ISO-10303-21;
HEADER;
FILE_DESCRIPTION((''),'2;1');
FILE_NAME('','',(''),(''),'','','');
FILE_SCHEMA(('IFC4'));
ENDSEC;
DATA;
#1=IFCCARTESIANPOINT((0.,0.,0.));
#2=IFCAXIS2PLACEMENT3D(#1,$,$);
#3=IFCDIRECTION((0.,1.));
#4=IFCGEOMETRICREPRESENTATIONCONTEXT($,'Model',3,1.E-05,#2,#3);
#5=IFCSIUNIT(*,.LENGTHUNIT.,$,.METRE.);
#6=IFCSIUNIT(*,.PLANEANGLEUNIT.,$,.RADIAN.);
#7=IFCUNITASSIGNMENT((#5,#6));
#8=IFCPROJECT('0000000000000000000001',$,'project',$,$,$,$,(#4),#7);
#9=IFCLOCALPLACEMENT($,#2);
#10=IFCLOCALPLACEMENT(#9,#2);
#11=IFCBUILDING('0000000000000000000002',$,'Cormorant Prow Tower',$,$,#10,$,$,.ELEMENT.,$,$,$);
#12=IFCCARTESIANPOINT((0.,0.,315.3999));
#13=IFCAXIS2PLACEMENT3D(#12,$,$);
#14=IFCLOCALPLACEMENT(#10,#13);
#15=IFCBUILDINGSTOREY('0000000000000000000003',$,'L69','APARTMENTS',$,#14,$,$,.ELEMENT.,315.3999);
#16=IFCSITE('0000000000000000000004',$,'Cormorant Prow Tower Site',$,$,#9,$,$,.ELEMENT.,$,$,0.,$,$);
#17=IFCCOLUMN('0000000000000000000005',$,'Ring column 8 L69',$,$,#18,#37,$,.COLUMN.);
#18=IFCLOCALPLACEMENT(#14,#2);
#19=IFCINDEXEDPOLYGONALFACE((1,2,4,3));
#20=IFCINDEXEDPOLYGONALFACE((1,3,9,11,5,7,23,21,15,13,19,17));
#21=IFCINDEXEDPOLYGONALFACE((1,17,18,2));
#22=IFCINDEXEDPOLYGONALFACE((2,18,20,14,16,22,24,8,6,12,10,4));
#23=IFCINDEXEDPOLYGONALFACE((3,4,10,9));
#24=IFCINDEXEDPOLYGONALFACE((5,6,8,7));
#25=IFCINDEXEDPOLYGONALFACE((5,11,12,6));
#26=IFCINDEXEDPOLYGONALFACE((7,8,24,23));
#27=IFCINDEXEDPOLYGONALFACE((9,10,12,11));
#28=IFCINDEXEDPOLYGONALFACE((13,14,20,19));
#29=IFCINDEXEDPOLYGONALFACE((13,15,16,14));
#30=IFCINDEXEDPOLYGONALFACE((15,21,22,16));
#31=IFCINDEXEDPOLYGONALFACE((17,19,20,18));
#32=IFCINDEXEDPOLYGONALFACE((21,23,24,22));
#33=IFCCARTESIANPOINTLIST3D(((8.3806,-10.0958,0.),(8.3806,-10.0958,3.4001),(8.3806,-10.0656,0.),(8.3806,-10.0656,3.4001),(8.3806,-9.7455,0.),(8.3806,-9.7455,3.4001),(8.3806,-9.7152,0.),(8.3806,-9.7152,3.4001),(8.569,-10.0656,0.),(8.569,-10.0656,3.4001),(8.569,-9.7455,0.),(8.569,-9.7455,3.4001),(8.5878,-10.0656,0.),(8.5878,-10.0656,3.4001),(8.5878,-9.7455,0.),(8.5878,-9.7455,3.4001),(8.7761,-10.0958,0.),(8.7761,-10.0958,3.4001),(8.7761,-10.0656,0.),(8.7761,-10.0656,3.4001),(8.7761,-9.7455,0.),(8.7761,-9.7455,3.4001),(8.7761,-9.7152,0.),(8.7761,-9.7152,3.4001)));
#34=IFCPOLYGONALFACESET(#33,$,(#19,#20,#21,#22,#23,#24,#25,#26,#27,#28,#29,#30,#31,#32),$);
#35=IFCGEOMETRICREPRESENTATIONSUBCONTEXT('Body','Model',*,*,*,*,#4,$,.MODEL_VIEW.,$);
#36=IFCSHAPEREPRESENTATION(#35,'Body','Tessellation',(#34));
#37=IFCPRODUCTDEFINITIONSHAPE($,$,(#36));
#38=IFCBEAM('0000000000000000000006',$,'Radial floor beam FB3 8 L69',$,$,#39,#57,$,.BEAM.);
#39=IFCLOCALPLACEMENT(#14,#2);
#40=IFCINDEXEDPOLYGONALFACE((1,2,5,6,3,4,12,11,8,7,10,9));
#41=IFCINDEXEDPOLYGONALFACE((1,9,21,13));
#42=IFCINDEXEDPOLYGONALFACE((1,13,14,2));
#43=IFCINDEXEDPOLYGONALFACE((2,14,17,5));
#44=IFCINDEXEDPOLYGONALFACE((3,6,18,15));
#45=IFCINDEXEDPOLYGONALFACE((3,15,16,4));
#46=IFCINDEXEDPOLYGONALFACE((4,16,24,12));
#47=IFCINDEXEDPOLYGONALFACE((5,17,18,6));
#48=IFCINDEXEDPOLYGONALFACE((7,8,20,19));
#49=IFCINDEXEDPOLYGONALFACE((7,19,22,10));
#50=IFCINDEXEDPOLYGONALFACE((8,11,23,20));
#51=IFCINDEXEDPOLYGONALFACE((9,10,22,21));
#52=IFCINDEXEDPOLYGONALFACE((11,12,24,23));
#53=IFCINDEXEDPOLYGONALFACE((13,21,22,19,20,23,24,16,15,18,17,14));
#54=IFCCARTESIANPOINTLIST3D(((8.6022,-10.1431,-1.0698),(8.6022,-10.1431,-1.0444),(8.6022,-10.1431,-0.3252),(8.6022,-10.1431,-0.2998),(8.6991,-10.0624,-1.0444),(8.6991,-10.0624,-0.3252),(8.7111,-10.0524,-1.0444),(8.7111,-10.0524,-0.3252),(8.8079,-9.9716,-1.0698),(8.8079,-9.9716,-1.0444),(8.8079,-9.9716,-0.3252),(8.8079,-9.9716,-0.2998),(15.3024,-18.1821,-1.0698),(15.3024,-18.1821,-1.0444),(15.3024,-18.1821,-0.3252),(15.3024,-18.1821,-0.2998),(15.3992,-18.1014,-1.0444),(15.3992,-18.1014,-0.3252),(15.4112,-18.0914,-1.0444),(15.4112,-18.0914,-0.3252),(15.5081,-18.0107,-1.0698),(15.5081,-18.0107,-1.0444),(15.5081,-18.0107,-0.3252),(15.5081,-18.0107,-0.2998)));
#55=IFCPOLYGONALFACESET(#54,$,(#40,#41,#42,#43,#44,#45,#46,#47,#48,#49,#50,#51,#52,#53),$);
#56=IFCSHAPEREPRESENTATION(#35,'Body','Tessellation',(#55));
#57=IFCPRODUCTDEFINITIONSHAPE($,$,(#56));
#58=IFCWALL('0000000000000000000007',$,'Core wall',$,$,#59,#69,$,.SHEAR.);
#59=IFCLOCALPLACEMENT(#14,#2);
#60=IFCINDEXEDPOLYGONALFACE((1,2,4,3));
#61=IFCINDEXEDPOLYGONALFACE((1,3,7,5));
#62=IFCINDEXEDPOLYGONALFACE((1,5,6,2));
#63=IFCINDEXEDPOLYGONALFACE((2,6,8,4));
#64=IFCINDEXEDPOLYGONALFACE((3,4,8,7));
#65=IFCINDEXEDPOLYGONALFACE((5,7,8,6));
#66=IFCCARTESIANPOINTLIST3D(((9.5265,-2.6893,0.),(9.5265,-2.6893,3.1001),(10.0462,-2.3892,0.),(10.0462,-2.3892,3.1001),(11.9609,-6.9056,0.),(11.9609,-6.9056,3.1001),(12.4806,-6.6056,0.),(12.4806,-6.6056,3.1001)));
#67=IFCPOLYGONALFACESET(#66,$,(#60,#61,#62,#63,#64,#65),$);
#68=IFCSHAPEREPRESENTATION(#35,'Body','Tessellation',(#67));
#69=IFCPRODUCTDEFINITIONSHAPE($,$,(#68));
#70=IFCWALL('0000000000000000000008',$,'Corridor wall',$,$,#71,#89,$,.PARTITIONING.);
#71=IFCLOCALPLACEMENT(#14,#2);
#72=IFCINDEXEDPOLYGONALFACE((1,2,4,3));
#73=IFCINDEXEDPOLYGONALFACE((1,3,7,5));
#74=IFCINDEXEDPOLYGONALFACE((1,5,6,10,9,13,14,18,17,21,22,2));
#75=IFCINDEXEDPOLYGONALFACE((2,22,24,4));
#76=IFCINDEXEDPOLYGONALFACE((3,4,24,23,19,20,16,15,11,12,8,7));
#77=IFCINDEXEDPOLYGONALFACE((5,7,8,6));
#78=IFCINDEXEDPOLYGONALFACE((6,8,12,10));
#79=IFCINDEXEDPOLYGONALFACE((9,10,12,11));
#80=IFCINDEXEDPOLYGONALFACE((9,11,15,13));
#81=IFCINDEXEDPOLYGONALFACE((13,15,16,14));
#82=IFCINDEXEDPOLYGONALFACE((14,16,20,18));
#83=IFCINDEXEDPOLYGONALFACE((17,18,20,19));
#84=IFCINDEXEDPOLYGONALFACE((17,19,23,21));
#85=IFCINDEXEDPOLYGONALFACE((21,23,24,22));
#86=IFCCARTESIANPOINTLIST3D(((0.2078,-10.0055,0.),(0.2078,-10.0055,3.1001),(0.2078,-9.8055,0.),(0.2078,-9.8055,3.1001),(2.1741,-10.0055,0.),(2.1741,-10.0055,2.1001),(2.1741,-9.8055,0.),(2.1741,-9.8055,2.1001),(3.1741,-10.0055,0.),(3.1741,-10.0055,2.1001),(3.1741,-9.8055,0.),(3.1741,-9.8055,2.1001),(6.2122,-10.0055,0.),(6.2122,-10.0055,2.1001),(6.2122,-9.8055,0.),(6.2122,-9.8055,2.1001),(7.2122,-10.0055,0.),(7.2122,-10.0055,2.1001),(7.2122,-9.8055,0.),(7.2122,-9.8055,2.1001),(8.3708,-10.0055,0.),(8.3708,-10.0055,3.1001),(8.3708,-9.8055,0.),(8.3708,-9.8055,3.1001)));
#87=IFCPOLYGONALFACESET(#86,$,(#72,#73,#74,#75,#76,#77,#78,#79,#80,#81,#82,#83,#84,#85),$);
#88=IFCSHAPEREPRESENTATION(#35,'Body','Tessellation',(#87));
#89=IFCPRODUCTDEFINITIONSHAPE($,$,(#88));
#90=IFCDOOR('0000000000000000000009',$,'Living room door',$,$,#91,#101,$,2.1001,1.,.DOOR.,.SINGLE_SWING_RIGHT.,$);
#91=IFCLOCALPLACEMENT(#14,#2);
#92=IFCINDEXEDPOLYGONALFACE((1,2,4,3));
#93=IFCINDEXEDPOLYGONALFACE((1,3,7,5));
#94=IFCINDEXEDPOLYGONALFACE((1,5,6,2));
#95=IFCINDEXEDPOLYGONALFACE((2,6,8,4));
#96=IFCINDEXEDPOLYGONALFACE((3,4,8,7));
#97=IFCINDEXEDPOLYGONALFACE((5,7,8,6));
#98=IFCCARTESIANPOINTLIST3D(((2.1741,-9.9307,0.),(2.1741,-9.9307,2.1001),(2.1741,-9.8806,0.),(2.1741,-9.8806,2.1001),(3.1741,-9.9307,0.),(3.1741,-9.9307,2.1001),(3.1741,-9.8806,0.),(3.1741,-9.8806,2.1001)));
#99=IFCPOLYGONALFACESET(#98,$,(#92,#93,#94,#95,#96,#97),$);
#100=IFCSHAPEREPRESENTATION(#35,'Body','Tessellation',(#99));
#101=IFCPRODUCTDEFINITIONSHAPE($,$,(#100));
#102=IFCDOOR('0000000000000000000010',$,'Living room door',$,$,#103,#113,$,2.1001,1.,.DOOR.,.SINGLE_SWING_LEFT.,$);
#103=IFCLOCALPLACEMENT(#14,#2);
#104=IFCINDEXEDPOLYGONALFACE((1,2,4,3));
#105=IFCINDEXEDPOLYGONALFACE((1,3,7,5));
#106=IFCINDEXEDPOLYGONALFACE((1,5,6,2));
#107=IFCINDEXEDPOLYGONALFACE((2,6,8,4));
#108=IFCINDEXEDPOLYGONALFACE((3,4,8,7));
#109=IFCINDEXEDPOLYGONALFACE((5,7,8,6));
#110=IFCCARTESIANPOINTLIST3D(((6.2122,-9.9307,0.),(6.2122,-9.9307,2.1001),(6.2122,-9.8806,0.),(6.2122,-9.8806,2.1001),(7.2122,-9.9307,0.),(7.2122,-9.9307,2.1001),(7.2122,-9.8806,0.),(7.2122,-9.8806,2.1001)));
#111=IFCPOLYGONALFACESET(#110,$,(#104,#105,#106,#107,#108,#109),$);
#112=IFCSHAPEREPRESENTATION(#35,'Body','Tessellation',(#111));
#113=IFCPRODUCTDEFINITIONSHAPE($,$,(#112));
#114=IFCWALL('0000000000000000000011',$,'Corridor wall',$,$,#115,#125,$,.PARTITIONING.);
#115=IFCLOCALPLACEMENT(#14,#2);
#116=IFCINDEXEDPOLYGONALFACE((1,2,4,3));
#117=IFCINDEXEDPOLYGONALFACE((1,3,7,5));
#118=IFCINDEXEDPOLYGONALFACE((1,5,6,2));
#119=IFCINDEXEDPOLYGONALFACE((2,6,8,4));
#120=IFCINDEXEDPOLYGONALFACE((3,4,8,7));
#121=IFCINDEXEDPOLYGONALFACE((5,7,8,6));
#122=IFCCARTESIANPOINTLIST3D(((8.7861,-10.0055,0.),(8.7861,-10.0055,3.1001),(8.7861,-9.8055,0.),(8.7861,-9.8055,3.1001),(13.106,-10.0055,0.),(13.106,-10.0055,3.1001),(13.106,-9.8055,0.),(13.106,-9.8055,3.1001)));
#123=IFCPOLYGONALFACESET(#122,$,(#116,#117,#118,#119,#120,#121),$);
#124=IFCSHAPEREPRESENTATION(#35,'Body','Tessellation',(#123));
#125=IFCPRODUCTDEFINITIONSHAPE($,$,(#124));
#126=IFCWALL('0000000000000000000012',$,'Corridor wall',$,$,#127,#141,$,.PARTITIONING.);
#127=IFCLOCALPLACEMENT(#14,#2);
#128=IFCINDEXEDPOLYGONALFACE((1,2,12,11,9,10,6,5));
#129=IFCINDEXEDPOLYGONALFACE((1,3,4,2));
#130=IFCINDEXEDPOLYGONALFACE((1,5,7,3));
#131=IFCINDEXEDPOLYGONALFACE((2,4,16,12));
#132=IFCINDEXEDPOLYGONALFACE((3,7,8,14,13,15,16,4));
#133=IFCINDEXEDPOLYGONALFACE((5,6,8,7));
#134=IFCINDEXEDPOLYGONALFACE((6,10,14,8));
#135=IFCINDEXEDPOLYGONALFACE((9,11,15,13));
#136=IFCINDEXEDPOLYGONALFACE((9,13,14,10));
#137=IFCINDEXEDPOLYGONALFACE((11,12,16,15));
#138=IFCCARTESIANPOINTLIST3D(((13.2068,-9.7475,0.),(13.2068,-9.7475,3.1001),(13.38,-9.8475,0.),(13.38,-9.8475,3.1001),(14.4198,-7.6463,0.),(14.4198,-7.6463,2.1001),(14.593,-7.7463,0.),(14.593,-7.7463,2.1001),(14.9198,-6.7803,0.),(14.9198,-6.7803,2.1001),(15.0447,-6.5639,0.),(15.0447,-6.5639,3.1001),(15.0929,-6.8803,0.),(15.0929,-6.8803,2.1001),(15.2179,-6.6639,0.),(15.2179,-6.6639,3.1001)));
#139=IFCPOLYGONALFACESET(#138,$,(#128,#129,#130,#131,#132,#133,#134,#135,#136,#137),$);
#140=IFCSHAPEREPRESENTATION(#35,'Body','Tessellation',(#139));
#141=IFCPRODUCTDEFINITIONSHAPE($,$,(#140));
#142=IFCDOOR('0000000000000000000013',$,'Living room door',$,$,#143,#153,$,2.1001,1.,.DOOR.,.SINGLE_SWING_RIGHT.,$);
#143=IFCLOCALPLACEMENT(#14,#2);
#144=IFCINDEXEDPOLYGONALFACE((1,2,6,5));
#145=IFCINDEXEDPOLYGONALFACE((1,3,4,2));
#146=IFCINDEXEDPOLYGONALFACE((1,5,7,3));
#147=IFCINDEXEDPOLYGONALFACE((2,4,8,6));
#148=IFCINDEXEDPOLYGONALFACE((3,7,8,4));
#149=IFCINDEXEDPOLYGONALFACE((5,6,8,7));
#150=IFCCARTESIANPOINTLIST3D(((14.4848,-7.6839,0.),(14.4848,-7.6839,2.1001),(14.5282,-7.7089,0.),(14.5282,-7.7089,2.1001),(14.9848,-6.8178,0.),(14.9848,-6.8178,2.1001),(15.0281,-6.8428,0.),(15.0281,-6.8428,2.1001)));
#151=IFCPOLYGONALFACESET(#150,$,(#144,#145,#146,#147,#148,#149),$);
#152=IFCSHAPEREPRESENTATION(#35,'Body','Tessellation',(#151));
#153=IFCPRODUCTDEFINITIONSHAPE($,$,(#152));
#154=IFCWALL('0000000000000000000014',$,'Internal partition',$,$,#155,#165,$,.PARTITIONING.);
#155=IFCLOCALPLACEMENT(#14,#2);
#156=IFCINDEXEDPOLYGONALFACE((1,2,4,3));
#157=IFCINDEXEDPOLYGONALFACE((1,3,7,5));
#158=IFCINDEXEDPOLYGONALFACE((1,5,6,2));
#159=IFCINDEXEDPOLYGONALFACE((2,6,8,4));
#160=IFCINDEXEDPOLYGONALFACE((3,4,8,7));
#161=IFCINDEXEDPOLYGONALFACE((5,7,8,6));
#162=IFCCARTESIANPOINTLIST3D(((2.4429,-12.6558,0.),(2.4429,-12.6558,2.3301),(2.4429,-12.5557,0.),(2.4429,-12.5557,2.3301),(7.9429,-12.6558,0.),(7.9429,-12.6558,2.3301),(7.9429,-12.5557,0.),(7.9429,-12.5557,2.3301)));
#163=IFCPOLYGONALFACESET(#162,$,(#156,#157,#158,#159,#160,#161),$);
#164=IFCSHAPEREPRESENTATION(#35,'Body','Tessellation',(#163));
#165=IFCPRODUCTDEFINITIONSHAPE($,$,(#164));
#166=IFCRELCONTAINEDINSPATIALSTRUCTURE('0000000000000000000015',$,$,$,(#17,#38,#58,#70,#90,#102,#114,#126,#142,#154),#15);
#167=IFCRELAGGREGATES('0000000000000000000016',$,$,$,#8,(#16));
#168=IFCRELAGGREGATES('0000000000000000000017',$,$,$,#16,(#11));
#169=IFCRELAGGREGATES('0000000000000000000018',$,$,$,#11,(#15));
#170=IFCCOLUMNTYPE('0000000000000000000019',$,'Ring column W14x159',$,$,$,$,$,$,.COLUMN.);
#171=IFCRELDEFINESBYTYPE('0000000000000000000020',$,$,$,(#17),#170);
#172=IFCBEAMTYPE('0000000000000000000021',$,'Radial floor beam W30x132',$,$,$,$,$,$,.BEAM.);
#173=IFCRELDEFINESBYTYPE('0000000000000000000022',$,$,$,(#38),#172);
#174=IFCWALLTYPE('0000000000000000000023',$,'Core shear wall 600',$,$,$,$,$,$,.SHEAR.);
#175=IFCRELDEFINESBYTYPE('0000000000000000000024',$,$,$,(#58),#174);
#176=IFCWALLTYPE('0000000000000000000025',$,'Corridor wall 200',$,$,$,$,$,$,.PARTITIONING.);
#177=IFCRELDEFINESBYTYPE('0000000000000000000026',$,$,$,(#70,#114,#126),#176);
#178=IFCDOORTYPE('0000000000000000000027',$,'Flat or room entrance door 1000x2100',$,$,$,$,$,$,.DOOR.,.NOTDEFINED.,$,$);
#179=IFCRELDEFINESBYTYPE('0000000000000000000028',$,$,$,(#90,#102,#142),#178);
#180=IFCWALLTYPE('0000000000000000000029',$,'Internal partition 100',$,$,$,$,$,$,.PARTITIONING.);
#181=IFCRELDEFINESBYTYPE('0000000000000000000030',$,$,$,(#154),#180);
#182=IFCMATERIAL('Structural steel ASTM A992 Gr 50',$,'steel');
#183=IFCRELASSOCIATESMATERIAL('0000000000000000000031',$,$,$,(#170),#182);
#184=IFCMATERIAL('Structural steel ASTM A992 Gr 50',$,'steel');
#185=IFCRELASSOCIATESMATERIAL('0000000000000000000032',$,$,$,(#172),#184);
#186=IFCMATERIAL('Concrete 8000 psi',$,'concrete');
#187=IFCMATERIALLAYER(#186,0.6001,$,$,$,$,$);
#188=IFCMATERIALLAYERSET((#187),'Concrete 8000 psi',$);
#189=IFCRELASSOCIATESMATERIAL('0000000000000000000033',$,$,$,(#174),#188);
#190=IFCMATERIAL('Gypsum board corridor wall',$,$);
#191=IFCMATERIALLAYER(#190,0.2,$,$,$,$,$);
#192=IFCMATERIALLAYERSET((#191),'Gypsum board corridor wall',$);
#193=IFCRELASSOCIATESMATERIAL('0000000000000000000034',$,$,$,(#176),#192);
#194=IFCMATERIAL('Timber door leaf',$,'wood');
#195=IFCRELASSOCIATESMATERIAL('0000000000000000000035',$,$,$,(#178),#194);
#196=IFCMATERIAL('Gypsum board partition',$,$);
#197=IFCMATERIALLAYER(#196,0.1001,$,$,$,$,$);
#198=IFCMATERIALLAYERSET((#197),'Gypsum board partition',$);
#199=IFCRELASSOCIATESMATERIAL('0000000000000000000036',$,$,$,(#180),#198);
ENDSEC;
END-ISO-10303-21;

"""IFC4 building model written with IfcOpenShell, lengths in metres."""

from ifc_helpers import new_model, si_unit, direction, frame, frame_2d, origin, origin_2d, place, context, subcontext, project, spatial, rectangle, i_section, extrude, material, layer, layer_set, material_profile, profile_set, type_object, element, fill, save


model = new_model("IFC4")

# Units and contexts
model_context = context("Model", 3, precision=1e-05, world=origin(), true_north=direction((0.0, 1.0)))
body_context = subcontext(model_context, "Body", "Model", "MODEL_VIEW")
ifc_project = project(units=[si_unit("LENGTHUNIT", "METRE"), si_unit("PLANEANGLEUNIT", "RADIAN")], contexts=[model_context])

# Site, building, storey
site_placement = place(None, origin())
site = spatial("IfcSite", under=ifc_project, at=site_placement, Name="Cormorant Prow Tower Site", CompositionType="ELEMENT", RefElevation=0.0)
building_placement = place(site_placement, origin())
building = spatial("IfcBuilding", under=site, at=building_placement, Name="Cormorant Prow Tower", CompositionType="ELEMENT")
storey_placement = place(building_placement, frame((0.0, 0.0, 315.3999)))
storey = spatial("IfcBuildingStorey", under=building, at=storey_placement, Name="L69", Description="APARTMENTS", CompositionType="ELEMENT", Elevation=315.3999)

# Column
ifc_material_1 = material(Name="Structural steel ASTM A992 Gr 50", Category="steel")
ifc_material_profile_1 = material_profile(ifc_material_1, i_section(OverallWidth=0.3955, OverallDepth=0.3806, WebThickness=0.0188, FlangeThickness=0.0303, at=origin_2d()), Name="W14x159")
ifc_profile_set_1 = profile_set([ifc_material_profile_1], Name="Structural steel ASTM A992 Gr 50")
column_type = type_object("IfcColumnType", Name="Ring column W14x159", PredefinedType="COLUMN", material=ifc_profile_set_1)
column_placement = place(storey_placement, frame((8.5784, -9.9055, 0.0), z_axis=(0.0, 0.0, 1.0), x_axis=(1.0, 0.0, 0.0)))
element("IfcColumn", 1, at=column_placement, inside=storey, type_object=column_type, Name="Ring column 8 L69", PredefinedType="COLUMN", context=body_context, shape_type="SweptSolid", body=[
    extrude(i_section(OverallWidth=0.3955, OverallDepth=0.3806, WebThickness=0.0188, FlangeThickness=0.0303, at=origin_2d()), origin(), (0.0, 0.0, 1.0), 3.4001),
])

# Beam
ifc_material_2 = material(Name="Structural steel ASTM A992 Gr 50", Category="steel")
ifc_material_profile_2 = material_profile(ifc_material_2, i_section(OverallWidth=0.2678, OverallDepth=0.77, WebThickness=0.0156, FlangeThickness=0.0254, at=origin_2d()), Name="W30x132")
ifc_profile_set_2 = profile_set([ifc_material_profile_2], Name="Structural steel ASTM A992 Gr 50")
beam_type = type_object("IfcBeamType", Name="Radial floor beam W30x132", PredefinedType="BEAM", material=ifc_profile_set_2)
beam_placement = place(storey_placement, frame((8.7051, -10.0574, -0.6848), z_axis=(0.640239, -0.768175, 0.0), x_axis=(0.768175, 0.640239, 0.0)))
element("IfcBeam", 2, at=beam_placement, inside=storey, type_object=beam_type, Name="Radial floor beam FB3 8 L69", PredefinedType="BEAM", context=body_context, shape_type="SweptSolid", body=[
    extrude(i_section(OverallWidth=0.2678, OverallDepth=0.77, WebThickness=0.0156, FlangeThickness=0.0254, at=origin_2d()), origin(), (0.0, 0.0, 1.0), 10.4651),
])

# Wall
ifc_material_3 = material(Name="Concrete 8000 psi", Category="concrete")
ifc_layer_1 = layer(ifc_material_3, 0.6001)
ifc_layer_set_1 = layer_set([ifc_layer_1], Name="Concrete 8000 psi")
wall_type_1 = type_object("IfcWallType", Name="Core shear wall 600", PredefinedType="SHEAR", material=ifc_layer_set_1)
wall_1_placement = place(storey_placement, frame((12.2207, -6.7556, 0.0), z_axis=(0.0, 0.0, 1.0), x_axis=(-0.500006, 0.866022, 0.0)))
element("IfcWall", 3, at=wall_1_placement, inside=storey, type_object=wall_type_1, Name="Core wall", PredefinedType="SHEAR", context=body_context, shape_type="SweptSolid", body=[
    extrude(rectangle(XDim=4.8687, YDim=0.6001, at=frame_2d((2.4343, 0.0))), origin(), (0.0, 0.0, 1.0), 3.1001),
])

# Wall, openings, doors
ifc_material_4 = material(Name="Gypsum board corridor wall")
ifc_layer_2 = layer(ifc_material_4, 0.2)
ifc_layer_set_2 = layer_set([ifc_layer_2], Name="Gypsum board corridor wall")
wall_type_2 = type_object("IfcWallType", Name="Corridor wall 200", PredefinedType="PARTITIONING", material=ifc_layer_set_2)
wall_2_placement = place(storey_placement, frame((0.2078, -9.9055, 0.0), z_axis=(0.0, 0.0, 1.0), x_axis=(1.0, 0.0, 0.0)))
wall_2 = element("IfcWall", 4, at=wall_2_placement, inside=storey, type_object=wall_type_2, Name="Corridor wall", PredefinedType="PARTITIONING", context=body_context, shape_type="SweptSolid", body=[
    extrude(rectangle(XDim=8.1631, YDim=0.2, at=frame_2d((4.0815, 0.0))), origin(), (0.0, 0.0, 1.0), 3.1001),
])
opening_1_placement = place(wall_2_placement, frame((1.9663, 0.0, 0.0)))
opening_1 = element("IfcOpeningElement", 5, at=opening_1_placement, cuts=wall_2, PredefinedType="OPENING", context=body_context, shape_type="SweptSolid", body=[
    extrude(rectangle(XDim=1.0, YDim=2.1001, at=frame_2d((0.5, 1.05))), frame((0.0, 0.1099, 0.0), z_axis=(0.0, -1.0, 0.0), x_axis=(1.0, 0.0, 0.0)), (0.0, 0.0, 1.0), 0.22),
])
opening_2_placement = place(wall_2_placement, frame((6.0044, 0.0, 0.0)))
opening_2 = element("IfcOpeningElement", 6, at=opening_2_placement, cuts=wall_2, PredefinedType="OPENING", context=body_context, shape_type="SweptSolid", body=[
    extrude(rectangle(XDim=1.0, YDim=2.1001, at=frame_2d((0.5, 1.05))), frame((0.0, 0.1099, 0.0), z_axis=(0.0, -1.0, 0.0), x_axis=(1.0, 0.0, 0.0)), (0.0, 0.0, 1.0), 0.22),
])
ifc_material_5 = material(Name="Timber door leaf", Category="wood")
door_type_1 = type_object("IfcDoorType", Name="Flat or room entrance door 1000x2100", OperationType="NOTDEFINED", PredefinedType="DOOR", material=ifc_material_5)
door_1_placement = place(opening_1_placement, origin())
door_1 = element("IfcDoor", 7, at=door_1_placement, inside=storey, type_object=door_type_1, Name="Living room door", OperationType="SINGLE_SWING_RIGHT", OverallHeight=2.1001, OverallWidth=1.0, PredefinedType="DOOR", context=body_context, shape_type="SweptSolid", body=[
    extrude(rectangle(XDim=1.0, YDim=2.1001, at=frame_2d((0.5, 1.05))), frame((0.0, 0.0249, 0.0), z_axis=(0.0, -1.0, 0.0), x_axis=(1.0, 0.0, 0.0)), (0.0, 0.0, 1.0), 0.05),
])
fill(opening_1, door_1)
door_2_placement = place(opening_2_placement, origin())
door_2 = element("IfcDoor", 8, at=door_2_placement, inside=storey, type_object=door_type_1, Name="Living room door", OperationType="SINGLE_SWING_LEFT", OverallHeight=2.1001, OverallWidth=1.0, PredefinedType="DOOR", context=body_context, shape_type="SweptSolid", body=[
    extrude(rectangle(XDim=1.0, YDim=2.1001, at=frame_2d((0.5, 1.05))), frame((0.0, 0.0249, 0.0), z_axis=(0.0, -1.0, 0.0), x_axis=(1.0, 0.0, 0.0)), (0.0, 0.0, 1.0), 0.05),
])
fill(opening_2, door_2)

# Wall
wall_3_placement = place(storey_placement, frame((8.7861, -9.9055, 0.0), z_axis=(0.0, 0.0, 1.0), x_axis=(1.0, 0.0, 0.0)))
element("IfcWall", 9, at=wall_3_placement, inside=storey, type_object=wall_type_2, Name="Corridor wall", PredefinedType="PARTITIONING", context=body_context, shape_type="SweptSolid", body=[
    extrude(rectangle(XDim=4.3198, YDim=0.2, at=frame_2d((2.1599, 0.0))), origin(), (0.0, 0.0, 1.0), 3.1001),
])

# Wall, opening, door
wall_4_placement = place(storey_placement, frame((13.2935, -9.7974, 0.0), z_axis=(0.0, 0.0, 1.0), x_axis=(0.499968, 0.866044, 0.0)))
wall_4 = element("IfcWall", 10, at=wall_4_placement, inside=storey, type_object=wall_type_2, Name="Corridor wall", PredefinedType="PARTITIONING", context=body_context, shape_type="SweptSolid", body=[
    extrude(rectangle(XDim=3.676, YDim=0.2, at=frame_2d((1.8379, 0.0))), origin(), (0.0, 0.0, 1.0), 3.1001),
])
opening_3_placement = place(wall_4_placement, frame((2.426, 0.0, 0.0)))
opening_3 = element("IfcOpeningElement", 11, at=opening_3_placement, cuts=wall_4, PredefinedType="OPENING", context=body_context, shape_type="SweptSolid", body=[
    extrude(rectangle(XDim=1.0, YDim=2.1001, at=frame_2d((0.5, 1.05))), frame((0.0, 0.1099, 0.0), z_axis=(0.0, -1.0, 0.0), x_axis=(1.0, 0.0, 0.0)), (0.0, 0.0, 1.0), 0.22),
])
door_3_placement = place(opening_3_placement, origin())
door_3 = element("IfcDoor", 12, at=door_3_placement, inside=storey, type_object=door_type_1, Name="Living room door", OperationType="SINGLE_SWING_RIGHT", OverallHeight=2.1001, OverallWidth=1.0, PredefinedType="DOOR", context=body_context, shape_type="SweptSolid", body=[
    extrude(rectangle(XDim=1.0, YDim=2.1001, at=frame_2d((0.5, 1.05))), frame((0.0, 0.0249, 0.0), z_axis=(0.0, -1.0, 0.0), x_axis=(1.0, 0.0, 0.0)), (0.0, 0.0, 1.0), 0.05),
])
fill(opening_3, door_3)

# Wall
ifc_material_6 = material(Name="Gypsum board partition")
ifc_layer_3 = layer(ifc_material_6, 0.1001)
ifc_layer_set_3 = layer_set([ifc_layer_3], Name="Gypsum board partition")
wall_type_3 = type_object("IfcWallType", Name="Internal partition 100", PredefinedType="PARTITIONING", material=ifc_layer_set_3)
wall_5_placement = place(storey_placement, frame((2.4429, -12.6057, 0.0), z_axis=(0.0, 0.0, 1.0), x_axis=(1.0, 0.0, 0.0)))
element("IfcWall", 13, at=wall_5_placement, inside=storey, type_object=wall_type_3, Name="Internal partition", PredefinedType="PARTITIONING", context=body_context, shape_type="SweptSolid", body=[
    extrude(rectangle(XDim=5.5, YDim=0.1001, at=frame_2d((2.75, 0.0))), origin(), (0.0, 0.0, 1.0), 2.3301),
])

save(model, "model.ifc")
